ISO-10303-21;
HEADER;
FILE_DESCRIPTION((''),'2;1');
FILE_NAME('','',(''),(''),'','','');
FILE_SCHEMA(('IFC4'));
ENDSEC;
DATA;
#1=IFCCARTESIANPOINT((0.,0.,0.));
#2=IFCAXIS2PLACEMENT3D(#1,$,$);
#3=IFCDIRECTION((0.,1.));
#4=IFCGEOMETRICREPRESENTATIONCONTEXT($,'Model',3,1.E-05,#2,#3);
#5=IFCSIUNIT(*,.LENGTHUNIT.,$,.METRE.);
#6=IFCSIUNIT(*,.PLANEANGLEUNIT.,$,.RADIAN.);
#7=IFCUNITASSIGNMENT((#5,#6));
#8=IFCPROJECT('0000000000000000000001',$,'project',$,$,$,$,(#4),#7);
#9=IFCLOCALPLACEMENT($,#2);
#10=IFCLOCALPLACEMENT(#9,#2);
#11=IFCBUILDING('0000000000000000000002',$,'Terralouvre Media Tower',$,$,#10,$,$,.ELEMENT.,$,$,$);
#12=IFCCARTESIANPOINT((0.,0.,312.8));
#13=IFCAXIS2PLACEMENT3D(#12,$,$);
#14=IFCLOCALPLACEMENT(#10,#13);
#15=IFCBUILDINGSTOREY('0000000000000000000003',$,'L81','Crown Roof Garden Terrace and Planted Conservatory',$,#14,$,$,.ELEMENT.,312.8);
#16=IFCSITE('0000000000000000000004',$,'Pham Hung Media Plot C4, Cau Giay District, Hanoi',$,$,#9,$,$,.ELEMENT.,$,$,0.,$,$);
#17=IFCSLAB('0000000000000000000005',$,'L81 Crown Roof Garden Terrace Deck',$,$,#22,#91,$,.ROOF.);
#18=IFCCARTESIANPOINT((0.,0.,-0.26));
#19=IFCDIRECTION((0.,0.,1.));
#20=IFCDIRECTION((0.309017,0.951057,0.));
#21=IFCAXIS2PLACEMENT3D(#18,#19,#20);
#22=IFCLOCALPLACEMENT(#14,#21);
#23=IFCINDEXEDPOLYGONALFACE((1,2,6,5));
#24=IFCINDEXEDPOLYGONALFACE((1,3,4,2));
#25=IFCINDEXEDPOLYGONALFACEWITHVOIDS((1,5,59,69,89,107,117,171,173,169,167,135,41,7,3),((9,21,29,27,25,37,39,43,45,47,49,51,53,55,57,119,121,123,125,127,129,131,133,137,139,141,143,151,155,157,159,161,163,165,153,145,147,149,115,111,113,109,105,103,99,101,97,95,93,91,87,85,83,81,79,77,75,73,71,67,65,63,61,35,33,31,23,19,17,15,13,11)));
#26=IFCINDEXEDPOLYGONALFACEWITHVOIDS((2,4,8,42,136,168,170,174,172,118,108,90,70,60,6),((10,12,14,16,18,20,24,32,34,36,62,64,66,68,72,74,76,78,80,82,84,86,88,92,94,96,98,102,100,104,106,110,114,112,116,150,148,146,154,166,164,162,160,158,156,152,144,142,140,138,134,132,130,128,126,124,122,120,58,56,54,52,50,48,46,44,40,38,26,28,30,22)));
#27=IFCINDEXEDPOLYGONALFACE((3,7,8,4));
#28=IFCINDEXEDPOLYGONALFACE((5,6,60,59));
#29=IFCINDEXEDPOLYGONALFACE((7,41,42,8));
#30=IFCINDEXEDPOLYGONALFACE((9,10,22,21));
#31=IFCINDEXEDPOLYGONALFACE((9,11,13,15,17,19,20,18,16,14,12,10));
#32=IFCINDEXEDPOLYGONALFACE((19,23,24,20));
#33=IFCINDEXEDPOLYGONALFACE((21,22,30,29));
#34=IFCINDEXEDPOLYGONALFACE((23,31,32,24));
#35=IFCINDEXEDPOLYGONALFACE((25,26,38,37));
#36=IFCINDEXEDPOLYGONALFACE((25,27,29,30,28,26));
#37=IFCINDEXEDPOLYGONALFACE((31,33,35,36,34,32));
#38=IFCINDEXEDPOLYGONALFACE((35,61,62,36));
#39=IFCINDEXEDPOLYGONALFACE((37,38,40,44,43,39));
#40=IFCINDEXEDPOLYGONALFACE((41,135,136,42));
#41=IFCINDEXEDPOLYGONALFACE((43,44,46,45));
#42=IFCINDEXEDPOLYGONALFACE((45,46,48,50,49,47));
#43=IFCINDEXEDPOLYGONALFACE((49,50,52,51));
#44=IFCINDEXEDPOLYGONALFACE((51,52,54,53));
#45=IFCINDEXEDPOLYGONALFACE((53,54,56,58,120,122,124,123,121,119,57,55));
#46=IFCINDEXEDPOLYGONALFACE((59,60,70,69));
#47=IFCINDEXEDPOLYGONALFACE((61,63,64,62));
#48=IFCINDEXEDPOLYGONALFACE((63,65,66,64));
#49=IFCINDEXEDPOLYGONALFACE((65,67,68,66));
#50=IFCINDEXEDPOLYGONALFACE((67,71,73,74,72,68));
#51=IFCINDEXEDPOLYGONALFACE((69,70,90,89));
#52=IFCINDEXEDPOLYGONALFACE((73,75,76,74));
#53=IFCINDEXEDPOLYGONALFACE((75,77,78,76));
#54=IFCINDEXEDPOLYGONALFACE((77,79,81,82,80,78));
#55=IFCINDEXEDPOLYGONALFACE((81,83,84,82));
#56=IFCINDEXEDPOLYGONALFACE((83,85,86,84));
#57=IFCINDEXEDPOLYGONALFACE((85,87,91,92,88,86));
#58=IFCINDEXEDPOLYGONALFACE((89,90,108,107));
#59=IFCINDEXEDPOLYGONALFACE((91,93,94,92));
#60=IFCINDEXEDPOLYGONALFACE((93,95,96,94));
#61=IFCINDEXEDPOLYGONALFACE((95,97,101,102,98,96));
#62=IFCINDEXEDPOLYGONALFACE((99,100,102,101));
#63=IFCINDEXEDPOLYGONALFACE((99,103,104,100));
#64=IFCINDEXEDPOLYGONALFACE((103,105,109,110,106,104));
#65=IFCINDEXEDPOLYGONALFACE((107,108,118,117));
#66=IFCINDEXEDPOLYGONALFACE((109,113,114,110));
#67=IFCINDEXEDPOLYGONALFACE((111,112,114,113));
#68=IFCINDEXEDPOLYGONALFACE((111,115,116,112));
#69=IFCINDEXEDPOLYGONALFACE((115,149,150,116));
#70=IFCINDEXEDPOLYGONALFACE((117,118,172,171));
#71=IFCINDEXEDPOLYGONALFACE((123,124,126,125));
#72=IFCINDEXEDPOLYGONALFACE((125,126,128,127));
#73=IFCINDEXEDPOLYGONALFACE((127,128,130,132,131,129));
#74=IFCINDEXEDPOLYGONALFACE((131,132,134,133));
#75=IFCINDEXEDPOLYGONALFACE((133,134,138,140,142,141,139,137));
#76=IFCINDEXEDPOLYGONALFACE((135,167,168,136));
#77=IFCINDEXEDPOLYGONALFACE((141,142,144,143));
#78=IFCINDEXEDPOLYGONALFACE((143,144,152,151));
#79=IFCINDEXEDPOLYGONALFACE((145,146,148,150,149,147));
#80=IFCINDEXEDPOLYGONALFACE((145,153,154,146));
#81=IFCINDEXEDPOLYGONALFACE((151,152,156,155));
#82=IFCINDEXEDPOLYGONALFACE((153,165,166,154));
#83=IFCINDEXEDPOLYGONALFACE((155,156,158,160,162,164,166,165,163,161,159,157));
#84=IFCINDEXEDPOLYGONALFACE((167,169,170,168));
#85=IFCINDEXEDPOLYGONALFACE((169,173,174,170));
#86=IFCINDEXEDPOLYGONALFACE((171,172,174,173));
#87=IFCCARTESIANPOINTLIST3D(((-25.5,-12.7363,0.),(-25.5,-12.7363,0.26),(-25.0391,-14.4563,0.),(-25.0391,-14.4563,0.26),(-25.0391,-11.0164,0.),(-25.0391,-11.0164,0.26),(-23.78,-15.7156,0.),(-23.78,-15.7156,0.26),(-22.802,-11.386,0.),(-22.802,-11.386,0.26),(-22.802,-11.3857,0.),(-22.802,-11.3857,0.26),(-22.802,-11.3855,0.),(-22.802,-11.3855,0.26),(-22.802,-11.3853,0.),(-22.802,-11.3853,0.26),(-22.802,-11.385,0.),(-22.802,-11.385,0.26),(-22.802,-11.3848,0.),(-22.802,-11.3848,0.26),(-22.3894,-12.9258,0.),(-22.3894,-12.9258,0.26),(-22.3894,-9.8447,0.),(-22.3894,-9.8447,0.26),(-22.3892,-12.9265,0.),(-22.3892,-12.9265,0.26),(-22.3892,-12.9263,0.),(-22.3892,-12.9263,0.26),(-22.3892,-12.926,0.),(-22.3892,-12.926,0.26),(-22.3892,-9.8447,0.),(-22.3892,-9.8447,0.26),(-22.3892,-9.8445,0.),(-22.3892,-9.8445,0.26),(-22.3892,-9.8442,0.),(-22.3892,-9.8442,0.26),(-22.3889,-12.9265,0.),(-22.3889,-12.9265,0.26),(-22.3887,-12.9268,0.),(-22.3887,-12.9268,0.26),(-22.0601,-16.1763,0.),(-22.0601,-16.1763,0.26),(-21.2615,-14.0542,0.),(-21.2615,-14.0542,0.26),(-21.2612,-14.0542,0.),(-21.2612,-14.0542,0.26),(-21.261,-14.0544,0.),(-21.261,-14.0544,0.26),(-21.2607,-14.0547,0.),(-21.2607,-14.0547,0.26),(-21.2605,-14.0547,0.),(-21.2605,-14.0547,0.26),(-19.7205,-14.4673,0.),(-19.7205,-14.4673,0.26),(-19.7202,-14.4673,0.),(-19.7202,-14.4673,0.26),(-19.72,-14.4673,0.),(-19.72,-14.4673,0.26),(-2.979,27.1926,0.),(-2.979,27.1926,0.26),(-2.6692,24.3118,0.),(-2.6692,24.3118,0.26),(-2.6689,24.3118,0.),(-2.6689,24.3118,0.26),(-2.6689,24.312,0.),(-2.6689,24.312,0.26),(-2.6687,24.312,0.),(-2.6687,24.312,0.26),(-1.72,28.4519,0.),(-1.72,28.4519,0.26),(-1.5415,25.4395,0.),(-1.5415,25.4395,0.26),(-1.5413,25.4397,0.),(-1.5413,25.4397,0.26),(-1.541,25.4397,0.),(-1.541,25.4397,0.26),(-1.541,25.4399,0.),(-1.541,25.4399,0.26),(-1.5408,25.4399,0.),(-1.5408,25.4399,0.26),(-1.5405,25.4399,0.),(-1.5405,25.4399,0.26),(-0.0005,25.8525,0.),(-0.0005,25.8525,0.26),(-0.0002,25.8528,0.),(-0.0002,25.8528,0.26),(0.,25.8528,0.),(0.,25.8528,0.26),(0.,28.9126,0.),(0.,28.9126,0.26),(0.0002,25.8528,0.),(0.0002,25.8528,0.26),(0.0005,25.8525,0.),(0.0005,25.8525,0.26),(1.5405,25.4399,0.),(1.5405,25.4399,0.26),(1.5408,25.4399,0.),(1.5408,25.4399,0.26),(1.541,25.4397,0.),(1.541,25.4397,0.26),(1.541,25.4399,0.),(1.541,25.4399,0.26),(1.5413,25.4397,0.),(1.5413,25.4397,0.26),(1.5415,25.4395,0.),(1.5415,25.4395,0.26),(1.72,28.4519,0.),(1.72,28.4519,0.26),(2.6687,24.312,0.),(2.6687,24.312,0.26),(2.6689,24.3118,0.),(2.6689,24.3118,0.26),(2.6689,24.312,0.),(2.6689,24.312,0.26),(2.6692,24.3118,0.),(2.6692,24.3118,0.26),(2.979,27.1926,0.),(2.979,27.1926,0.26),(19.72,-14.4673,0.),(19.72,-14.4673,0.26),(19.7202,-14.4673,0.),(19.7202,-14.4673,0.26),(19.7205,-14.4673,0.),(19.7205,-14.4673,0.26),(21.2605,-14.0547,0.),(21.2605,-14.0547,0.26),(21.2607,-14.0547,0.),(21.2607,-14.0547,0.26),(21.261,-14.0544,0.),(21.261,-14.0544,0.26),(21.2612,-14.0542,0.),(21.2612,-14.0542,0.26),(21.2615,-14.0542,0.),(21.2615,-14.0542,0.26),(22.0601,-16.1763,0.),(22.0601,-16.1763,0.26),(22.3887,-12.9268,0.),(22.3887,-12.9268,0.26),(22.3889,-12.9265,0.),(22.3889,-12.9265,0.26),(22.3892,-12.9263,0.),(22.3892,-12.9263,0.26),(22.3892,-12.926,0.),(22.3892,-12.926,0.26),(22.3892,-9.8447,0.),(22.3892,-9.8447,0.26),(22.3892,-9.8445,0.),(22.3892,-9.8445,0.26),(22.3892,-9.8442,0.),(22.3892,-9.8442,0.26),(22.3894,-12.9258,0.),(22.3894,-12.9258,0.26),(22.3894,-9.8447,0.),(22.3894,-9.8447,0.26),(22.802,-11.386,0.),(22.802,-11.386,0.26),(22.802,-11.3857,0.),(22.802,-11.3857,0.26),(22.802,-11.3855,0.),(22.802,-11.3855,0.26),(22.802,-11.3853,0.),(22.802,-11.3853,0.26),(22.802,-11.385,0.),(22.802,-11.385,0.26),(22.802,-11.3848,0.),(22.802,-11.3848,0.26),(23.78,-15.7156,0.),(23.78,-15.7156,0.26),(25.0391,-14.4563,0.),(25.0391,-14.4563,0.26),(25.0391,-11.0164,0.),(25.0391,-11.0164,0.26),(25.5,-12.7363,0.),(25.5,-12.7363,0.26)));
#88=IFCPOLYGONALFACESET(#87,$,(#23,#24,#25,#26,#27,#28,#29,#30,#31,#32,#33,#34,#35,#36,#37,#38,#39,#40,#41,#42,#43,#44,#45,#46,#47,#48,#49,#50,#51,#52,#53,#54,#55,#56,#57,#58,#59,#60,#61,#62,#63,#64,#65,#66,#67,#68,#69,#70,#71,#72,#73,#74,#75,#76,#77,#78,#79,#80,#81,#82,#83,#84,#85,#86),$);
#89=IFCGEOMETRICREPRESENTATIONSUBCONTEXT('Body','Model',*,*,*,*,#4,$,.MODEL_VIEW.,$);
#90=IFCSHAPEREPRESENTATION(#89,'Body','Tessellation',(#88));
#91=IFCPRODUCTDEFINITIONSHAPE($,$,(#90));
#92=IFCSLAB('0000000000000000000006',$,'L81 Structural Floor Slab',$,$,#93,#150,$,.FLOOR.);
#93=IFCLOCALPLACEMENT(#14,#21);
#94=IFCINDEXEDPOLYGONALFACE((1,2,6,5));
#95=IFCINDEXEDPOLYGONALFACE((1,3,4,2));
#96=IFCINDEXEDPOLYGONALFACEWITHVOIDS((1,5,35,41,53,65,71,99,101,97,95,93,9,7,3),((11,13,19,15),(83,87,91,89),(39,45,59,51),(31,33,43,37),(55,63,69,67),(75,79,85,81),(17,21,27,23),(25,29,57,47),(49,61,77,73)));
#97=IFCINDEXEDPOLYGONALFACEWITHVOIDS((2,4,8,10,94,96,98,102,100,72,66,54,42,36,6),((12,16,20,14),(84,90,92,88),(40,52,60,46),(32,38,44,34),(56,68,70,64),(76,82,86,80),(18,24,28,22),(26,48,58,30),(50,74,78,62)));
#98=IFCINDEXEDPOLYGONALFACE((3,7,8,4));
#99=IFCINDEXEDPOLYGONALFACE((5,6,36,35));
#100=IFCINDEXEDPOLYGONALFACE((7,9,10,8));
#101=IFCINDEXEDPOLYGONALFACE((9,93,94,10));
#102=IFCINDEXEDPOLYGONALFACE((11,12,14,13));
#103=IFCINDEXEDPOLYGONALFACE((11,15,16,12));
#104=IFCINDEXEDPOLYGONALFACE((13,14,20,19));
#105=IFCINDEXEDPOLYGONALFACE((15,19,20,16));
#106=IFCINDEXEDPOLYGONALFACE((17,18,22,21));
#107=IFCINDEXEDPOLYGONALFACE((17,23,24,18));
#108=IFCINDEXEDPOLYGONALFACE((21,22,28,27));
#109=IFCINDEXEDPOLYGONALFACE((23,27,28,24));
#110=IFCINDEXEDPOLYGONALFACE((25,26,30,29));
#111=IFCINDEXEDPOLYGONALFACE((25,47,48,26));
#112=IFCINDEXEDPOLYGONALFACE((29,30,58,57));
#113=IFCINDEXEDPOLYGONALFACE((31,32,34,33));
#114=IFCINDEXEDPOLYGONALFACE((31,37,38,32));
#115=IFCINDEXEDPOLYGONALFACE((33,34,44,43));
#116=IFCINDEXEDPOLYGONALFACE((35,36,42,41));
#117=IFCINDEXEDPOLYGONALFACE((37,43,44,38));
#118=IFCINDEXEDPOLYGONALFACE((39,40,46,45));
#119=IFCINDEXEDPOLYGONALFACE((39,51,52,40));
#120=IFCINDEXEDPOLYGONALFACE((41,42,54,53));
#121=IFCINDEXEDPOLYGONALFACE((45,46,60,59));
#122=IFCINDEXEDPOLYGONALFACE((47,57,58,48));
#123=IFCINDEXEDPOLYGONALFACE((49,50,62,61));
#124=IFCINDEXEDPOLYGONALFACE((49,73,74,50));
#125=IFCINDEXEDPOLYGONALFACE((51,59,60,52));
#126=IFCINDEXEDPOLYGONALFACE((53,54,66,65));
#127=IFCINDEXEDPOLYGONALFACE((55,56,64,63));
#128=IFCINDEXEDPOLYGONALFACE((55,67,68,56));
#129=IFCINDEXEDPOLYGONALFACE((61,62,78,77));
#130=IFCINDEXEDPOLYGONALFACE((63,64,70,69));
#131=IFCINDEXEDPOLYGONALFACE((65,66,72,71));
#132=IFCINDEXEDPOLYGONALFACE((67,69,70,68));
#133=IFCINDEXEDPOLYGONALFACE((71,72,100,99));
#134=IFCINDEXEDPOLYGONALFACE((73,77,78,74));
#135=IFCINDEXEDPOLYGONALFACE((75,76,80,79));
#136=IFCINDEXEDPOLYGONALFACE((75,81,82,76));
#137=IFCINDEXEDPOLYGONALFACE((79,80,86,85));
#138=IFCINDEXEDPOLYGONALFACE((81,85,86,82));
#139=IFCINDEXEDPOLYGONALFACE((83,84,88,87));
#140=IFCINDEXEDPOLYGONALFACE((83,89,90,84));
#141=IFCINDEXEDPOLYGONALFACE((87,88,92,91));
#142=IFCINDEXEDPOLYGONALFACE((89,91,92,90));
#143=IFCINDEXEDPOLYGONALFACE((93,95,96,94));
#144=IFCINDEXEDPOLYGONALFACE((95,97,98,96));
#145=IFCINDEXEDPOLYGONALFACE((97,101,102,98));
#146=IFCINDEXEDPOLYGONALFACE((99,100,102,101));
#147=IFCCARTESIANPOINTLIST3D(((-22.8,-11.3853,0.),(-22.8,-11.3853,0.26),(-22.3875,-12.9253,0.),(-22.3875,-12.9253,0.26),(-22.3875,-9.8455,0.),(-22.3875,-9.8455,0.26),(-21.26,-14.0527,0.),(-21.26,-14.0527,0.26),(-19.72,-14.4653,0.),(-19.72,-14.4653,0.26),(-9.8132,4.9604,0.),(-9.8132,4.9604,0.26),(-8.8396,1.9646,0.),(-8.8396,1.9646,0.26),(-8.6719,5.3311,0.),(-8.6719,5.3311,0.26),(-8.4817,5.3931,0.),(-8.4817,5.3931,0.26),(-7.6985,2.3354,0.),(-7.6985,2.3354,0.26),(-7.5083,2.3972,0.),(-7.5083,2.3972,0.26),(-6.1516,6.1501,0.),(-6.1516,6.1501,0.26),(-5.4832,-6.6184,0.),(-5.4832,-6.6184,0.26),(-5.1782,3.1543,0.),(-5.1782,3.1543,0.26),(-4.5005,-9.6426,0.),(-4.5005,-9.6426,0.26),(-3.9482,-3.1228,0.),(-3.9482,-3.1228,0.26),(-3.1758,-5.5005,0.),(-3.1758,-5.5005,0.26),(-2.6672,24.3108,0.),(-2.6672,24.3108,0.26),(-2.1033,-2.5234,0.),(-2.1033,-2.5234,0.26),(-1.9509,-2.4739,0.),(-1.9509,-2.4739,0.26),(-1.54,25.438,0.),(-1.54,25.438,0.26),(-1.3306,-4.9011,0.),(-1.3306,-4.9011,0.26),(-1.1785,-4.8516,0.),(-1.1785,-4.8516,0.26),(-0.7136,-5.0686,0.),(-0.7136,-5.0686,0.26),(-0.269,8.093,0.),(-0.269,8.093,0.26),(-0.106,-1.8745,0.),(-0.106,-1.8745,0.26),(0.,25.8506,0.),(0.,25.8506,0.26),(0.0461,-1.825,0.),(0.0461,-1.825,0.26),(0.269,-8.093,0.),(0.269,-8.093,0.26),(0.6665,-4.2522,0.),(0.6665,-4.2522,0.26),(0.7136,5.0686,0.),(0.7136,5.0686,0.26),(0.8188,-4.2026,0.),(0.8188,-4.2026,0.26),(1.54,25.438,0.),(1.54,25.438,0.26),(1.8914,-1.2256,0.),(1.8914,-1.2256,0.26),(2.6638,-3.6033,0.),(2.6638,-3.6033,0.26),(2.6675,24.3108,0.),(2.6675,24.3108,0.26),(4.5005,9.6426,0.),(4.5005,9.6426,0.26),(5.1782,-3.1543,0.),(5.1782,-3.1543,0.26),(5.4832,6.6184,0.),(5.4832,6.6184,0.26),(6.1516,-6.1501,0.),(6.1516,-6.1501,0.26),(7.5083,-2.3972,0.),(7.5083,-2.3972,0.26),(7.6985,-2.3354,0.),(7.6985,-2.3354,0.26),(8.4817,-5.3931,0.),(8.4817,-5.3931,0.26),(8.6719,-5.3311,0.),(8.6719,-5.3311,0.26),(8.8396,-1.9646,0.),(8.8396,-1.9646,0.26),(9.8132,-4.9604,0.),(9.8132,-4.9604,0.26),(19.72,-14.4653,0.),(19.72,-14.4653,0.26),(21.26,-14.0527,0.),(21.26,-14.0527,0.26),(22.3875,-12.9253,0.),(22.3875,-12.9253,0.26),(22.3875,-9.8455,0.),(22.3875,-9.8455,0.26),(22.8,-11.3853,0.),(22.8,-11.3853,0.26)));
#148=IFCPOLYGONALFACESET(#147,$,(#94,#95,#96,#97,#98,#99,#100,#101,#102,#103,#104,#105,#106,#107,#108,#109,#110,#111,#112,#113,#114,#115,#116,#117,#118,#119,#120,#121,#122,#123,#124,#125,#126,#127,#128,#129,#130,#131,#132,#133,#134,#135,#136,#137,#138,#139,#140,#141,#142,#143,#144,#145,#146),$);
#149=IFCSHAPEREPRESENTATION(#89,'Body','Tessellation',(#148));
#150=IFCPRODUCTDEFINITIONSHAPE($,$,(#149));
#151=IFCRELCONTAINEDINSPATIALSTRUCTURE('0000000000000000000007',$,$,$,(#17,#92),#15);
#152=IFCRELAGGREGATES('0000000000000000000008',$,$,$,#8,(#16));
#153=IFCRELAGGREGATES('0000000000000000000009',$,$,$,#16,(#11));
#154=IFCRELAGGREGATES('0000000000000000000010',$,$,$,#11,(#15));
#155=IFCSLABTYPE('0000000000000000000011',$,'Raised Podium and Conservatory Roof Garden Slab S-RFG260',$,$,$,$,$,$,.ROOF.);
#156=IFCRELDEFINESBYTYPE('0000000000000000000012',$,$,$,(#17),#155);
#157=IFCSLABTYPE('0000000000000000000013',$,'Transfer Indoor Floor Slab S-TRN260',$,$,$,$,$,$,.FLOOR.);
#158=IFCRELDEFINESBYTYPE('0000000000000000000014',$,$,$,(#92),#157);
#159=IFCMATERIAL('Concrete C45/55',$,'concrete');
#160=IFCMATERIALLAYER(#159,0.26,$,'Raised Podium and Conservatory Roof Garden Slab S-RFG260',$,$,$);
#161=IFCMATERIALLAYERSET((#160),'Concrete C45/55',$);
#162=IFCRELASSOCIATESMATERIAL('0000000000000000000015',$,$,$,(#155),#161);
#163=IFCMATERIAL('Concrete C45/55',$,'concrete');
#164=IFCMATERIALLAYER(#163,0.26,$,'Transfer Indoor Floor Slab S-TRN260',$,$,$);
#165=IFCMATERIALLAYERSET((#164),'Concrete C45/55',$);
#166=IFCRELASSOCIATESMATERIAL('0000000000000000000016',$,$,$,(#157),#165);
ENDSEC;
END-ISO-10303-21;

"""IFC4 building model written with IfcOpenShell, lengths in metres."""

from ifc_helpers import new_model, si_unit, direction, frame, origin, place, context, subcontext, project, spatial, polyline, outline, extrude, material, layer, layer_set, type_object, element, save


model = new_model("IFC4")

# Units and contexts
model_context = context("Model", 3, precision=1e-05, world=origin(), true_north=direction((0.0, 1.0)))
body_context = subcontext(model_context, "Body", "Model", "MODEL_VIEW")
ifc_project = project(units=[si_unit("LENGTHUNIT", "METRE"), si_unit("PLANEANGLEUNIT", "RADIAN")], contexts=[model_context])

# Site, building, storey
site_placement = place(None, origin())
site = spatial("IfcSite", under=ifc_project, at=site_placement, Name="Pham Hung Media Plot C4, Cau Giay District, Hanoi", CompositionType="ELEMENT", RefElevation=0.0)
building_placement = place(site_placement, origin())
building = spatial("IfcBuilding", under=site, at=building_placement, Name="Terralouvre Media Tower", CompositionType="ELEMENT")
storey_placement = place(building_placement, frame((0.0, 0.0, 312.8)))
storey = spatial("IfcBuildingStorey", under=building, at=storey_placement, Name="L81", Description="Crown Roof Garden Terrace and Planted Conservatory", CompositionType="ELEMENT", Elevation=312.8)

# Slabs
ifc_material_1 = material(Name="Concrete C45/55", Category="concrete")
ifc_layer_1 = layer(ifc_material_1, 0.26, Name="Raised Podium and Conservatory Roof Garden Slab S-RFG260")
ifc_layer_set_1 = layer_set([ifc_layer_1], Name="Concrete C45/55")
slab_type_1 = type_object("IfcSlabType", Name="Raised Podium and Conservatory Roof Garden Slab S-RFG260", PredefinedType="ROOF", material=ifc_layer_set_1)
slab_1_placement = place(storey_placement, frame((0.0, 0.0, -0.26), z_axis=(0.0, 0.0, 1.0), x_axis=(0.309017, 0.951057, 0.0)))
element("IfcSlab", 1, at=slab_1_placement, inside=storey, type_object=slab_type_1, Name="L81 Crown Roof Garden Terrace Deck", PredefinedType="ROOF", context=body_context, shape_type="SweptSolid", body=[
    extrude(outline(polyline([(-25.0391, -11.0164), (-25.5, -12.7363), (-25.0391, -14.4563), (-23.78, -15.7156), (-22.0601, -16.1763), (22.0601, -16.1763), (23.78, -15.7156), (25.0391, -14.4563), (25.5, -12.7363), (25.0391, -11.0164), (2.979, 27.1926), (1.72, 28.4519), (0.0, 28.9126), (-1.72, 28.4519), (-2.979, 27.1926), (-25.0391, -11.0164)]), holes=[polyline([(-22.3892, -9.8442), (-2.6692, 24.3118), (-2.6689, 24.3118), (-2.6689, 24.312), (-2.6687, 24.312), (-1.5415, 25.4395), (-1.5413, 25.4397), (-1.541, 25.4397), (-1.541, 25.4399), (-1.5408, 25.4399), (-1.5405, 25.4399), (-0.0005, 25.8525), (-0.0002, 25.8528), (0.0, 25.8528), (0.0, 25.8528), (0.0002, 25.8528), (0.0005, 25.8525), (1.5405, 25.4399), (1.5408, 25.4399), (1.541, 25.4399), (1.541, 25.4397), (1.5413, 25.4397), (1.5415, 25.4395), (2.6687, 24.312), (2.6689, 24.312), (2.6689, 24.3118), (2.6692, 24.3118), (22.3892, -9.8442), (22.3892, -9.8445), (22.3892, -9.8447), (22.3894, -9.8447), (22.802, -11.3848), (22.802, -11.385), (22.802, -11.3853), (22.802, -11.3855), (22.802, -11.3857), (22.802, -11.386), (22.3894, -12.9258), (22.3892, -12.926), (22.3892, -12.9263), (22.3889, -12.9265), (22.3889, -12.9265), (22.3887, -12.9268), (21.2615, -14.0542), (21.2612, -14.0542), (21.261, -14.0544), (21.261, -14.0544), (21.2607, -14.0547), (21.2605, -14.0547), (19.7205, -14.4673), (19.7205, -14.4673), (19.7202, -14.4673), (19.72, -14.4673), (-19.72, -14.4673), (-19.7202, -14.4673), (-19.7205, -14.4673), (-19.7205, -14.4673), (-21.2605, -14.0547), (-21.2607, -14.0547), (-21.261, -14.0544), (-21.261, -14.0544), (-21.2612, -14.0542), (-21.2615, -14.0542), (-22.3887, -12.9268), (-22.3889, -12.9265), (-22.3892, -12.9265), (-22.3892, -12.9263), (-22.3892, -12.926), (-22.3894, -12.9258), (-22.802, -11.386), (-22.802, -11.3857), (-22.802, -11.3855), (-22.802, -11.3853), (-22.802, -11.385), (-22.802, -11.3848), (-22.3894, -9.8447), (-22.3892, -9.8447), (-22.3892, -9.8445), (-22.3892, -9.8442)])]), origin(), (0.0, 0.0, 1.0), 0.26),
])
ifc_material_2 = material(Name="Concrete C45/55", Category="concrete")
ifc_layer_2 = layer(ifc_material_2, 0.26, Name="Transfer Indoor Floor Slab S-TRN260")
ifc_layer_set_2 = layer_set([ifc_layer_2], Name="Concrete C45/55")
slab_type_2 = type_object("IfcSlabType", Name="Transfer Indoor Floor Slab S-TRN260", PredefinedType="FLOOR", material=ifc_layer_set_2)
slab_2_placement = place(storey_placement, frame((0.0, 0.0, -0.26), z_axis=(0.0, 0.0, 1.0), x_axis=(0.309017, 0.951057, 0.0)))
element("IfcSlab", 2, at=slab_2_placement, inside=storey, type_object=slab_type_2, Name="L81 Structural Floor Slab", PredefinedType="FLOOR", context=body_context, shape_type="SweptSolid", body=[
    extrude(outline(polyline([(-22.3875, -9.8455), (-22.8, -11.3853), (-22.3875, -12.9253), (-21.26, -14.0527), (-19.72, -14.4653), (19.72, -14.4653), (21.26, -14.0527), (22.3875, -12.9253), (22.8, -11.3853), (22.3875, -9.8455), (2.6675, 24.3108), (1.54, 25.438), (0.0, 25.8506), (-1.54, 25.438), (-2.6672, 24.3108), (-22.3875, -9.8455)]), holes=[polyline([(-7.6985, 2.3354), (-8.8396, 1.9646), (-9.8132, 4.9604), (-8.6719, 5.3311), (-7.6985, 2.3354)]), polyline([(-5.1782, 3.1543), (-7.5083, 2.3972), (-8.4817, 5.3931), (-6.1516, 6.1501), (-5.1782, 3.1543)]), polyline([(-5.4832, -6.6184), (-0.7136, -5.0686), (0.269, -8.093), (-4.5005, -9.6426), (-5.4832, -6.6184)]), polyline([(-1.3306, -4.9011), (-3.1758, -5.5005), (-3.9482, -3.1228), (-2.1033, -2.5234), (-1.3306, -4.9011)]), polyline([(0.6665, -4.2522), (-1.1785, -4.8516), (-1.9509, -2.4739), (-0.106, -1.8745), (0.6665, -4.2522)]), polyline([(2.6638, -3.6033), (0.8188, -4.2026), (0.0461, -1.825), (1.8914, -1.2256), (2.6638, -3.6033)]), polyline([(5.4832, 6.6184), (0.7136, 5.0686), (-0.269, 8.093), (4.5005, 9.6426), (5.4832, 6.6184)]), polyline([(6.1516, -6.1501), (5.1782, -3.1543), (7.5083, -2.3972), (8.4817, -5.3931), (6.1516, -6.1501)]), polyline([(8.6719, -5.3311), (7.6985, -2.3354), (8.8396, -1.9646), (9.8132, -4.9604), (8.6719, -5.3311)])]), origin(), (0.0, 0.0, 1.0), 0.26),
])

save(model, "model.ifc")
